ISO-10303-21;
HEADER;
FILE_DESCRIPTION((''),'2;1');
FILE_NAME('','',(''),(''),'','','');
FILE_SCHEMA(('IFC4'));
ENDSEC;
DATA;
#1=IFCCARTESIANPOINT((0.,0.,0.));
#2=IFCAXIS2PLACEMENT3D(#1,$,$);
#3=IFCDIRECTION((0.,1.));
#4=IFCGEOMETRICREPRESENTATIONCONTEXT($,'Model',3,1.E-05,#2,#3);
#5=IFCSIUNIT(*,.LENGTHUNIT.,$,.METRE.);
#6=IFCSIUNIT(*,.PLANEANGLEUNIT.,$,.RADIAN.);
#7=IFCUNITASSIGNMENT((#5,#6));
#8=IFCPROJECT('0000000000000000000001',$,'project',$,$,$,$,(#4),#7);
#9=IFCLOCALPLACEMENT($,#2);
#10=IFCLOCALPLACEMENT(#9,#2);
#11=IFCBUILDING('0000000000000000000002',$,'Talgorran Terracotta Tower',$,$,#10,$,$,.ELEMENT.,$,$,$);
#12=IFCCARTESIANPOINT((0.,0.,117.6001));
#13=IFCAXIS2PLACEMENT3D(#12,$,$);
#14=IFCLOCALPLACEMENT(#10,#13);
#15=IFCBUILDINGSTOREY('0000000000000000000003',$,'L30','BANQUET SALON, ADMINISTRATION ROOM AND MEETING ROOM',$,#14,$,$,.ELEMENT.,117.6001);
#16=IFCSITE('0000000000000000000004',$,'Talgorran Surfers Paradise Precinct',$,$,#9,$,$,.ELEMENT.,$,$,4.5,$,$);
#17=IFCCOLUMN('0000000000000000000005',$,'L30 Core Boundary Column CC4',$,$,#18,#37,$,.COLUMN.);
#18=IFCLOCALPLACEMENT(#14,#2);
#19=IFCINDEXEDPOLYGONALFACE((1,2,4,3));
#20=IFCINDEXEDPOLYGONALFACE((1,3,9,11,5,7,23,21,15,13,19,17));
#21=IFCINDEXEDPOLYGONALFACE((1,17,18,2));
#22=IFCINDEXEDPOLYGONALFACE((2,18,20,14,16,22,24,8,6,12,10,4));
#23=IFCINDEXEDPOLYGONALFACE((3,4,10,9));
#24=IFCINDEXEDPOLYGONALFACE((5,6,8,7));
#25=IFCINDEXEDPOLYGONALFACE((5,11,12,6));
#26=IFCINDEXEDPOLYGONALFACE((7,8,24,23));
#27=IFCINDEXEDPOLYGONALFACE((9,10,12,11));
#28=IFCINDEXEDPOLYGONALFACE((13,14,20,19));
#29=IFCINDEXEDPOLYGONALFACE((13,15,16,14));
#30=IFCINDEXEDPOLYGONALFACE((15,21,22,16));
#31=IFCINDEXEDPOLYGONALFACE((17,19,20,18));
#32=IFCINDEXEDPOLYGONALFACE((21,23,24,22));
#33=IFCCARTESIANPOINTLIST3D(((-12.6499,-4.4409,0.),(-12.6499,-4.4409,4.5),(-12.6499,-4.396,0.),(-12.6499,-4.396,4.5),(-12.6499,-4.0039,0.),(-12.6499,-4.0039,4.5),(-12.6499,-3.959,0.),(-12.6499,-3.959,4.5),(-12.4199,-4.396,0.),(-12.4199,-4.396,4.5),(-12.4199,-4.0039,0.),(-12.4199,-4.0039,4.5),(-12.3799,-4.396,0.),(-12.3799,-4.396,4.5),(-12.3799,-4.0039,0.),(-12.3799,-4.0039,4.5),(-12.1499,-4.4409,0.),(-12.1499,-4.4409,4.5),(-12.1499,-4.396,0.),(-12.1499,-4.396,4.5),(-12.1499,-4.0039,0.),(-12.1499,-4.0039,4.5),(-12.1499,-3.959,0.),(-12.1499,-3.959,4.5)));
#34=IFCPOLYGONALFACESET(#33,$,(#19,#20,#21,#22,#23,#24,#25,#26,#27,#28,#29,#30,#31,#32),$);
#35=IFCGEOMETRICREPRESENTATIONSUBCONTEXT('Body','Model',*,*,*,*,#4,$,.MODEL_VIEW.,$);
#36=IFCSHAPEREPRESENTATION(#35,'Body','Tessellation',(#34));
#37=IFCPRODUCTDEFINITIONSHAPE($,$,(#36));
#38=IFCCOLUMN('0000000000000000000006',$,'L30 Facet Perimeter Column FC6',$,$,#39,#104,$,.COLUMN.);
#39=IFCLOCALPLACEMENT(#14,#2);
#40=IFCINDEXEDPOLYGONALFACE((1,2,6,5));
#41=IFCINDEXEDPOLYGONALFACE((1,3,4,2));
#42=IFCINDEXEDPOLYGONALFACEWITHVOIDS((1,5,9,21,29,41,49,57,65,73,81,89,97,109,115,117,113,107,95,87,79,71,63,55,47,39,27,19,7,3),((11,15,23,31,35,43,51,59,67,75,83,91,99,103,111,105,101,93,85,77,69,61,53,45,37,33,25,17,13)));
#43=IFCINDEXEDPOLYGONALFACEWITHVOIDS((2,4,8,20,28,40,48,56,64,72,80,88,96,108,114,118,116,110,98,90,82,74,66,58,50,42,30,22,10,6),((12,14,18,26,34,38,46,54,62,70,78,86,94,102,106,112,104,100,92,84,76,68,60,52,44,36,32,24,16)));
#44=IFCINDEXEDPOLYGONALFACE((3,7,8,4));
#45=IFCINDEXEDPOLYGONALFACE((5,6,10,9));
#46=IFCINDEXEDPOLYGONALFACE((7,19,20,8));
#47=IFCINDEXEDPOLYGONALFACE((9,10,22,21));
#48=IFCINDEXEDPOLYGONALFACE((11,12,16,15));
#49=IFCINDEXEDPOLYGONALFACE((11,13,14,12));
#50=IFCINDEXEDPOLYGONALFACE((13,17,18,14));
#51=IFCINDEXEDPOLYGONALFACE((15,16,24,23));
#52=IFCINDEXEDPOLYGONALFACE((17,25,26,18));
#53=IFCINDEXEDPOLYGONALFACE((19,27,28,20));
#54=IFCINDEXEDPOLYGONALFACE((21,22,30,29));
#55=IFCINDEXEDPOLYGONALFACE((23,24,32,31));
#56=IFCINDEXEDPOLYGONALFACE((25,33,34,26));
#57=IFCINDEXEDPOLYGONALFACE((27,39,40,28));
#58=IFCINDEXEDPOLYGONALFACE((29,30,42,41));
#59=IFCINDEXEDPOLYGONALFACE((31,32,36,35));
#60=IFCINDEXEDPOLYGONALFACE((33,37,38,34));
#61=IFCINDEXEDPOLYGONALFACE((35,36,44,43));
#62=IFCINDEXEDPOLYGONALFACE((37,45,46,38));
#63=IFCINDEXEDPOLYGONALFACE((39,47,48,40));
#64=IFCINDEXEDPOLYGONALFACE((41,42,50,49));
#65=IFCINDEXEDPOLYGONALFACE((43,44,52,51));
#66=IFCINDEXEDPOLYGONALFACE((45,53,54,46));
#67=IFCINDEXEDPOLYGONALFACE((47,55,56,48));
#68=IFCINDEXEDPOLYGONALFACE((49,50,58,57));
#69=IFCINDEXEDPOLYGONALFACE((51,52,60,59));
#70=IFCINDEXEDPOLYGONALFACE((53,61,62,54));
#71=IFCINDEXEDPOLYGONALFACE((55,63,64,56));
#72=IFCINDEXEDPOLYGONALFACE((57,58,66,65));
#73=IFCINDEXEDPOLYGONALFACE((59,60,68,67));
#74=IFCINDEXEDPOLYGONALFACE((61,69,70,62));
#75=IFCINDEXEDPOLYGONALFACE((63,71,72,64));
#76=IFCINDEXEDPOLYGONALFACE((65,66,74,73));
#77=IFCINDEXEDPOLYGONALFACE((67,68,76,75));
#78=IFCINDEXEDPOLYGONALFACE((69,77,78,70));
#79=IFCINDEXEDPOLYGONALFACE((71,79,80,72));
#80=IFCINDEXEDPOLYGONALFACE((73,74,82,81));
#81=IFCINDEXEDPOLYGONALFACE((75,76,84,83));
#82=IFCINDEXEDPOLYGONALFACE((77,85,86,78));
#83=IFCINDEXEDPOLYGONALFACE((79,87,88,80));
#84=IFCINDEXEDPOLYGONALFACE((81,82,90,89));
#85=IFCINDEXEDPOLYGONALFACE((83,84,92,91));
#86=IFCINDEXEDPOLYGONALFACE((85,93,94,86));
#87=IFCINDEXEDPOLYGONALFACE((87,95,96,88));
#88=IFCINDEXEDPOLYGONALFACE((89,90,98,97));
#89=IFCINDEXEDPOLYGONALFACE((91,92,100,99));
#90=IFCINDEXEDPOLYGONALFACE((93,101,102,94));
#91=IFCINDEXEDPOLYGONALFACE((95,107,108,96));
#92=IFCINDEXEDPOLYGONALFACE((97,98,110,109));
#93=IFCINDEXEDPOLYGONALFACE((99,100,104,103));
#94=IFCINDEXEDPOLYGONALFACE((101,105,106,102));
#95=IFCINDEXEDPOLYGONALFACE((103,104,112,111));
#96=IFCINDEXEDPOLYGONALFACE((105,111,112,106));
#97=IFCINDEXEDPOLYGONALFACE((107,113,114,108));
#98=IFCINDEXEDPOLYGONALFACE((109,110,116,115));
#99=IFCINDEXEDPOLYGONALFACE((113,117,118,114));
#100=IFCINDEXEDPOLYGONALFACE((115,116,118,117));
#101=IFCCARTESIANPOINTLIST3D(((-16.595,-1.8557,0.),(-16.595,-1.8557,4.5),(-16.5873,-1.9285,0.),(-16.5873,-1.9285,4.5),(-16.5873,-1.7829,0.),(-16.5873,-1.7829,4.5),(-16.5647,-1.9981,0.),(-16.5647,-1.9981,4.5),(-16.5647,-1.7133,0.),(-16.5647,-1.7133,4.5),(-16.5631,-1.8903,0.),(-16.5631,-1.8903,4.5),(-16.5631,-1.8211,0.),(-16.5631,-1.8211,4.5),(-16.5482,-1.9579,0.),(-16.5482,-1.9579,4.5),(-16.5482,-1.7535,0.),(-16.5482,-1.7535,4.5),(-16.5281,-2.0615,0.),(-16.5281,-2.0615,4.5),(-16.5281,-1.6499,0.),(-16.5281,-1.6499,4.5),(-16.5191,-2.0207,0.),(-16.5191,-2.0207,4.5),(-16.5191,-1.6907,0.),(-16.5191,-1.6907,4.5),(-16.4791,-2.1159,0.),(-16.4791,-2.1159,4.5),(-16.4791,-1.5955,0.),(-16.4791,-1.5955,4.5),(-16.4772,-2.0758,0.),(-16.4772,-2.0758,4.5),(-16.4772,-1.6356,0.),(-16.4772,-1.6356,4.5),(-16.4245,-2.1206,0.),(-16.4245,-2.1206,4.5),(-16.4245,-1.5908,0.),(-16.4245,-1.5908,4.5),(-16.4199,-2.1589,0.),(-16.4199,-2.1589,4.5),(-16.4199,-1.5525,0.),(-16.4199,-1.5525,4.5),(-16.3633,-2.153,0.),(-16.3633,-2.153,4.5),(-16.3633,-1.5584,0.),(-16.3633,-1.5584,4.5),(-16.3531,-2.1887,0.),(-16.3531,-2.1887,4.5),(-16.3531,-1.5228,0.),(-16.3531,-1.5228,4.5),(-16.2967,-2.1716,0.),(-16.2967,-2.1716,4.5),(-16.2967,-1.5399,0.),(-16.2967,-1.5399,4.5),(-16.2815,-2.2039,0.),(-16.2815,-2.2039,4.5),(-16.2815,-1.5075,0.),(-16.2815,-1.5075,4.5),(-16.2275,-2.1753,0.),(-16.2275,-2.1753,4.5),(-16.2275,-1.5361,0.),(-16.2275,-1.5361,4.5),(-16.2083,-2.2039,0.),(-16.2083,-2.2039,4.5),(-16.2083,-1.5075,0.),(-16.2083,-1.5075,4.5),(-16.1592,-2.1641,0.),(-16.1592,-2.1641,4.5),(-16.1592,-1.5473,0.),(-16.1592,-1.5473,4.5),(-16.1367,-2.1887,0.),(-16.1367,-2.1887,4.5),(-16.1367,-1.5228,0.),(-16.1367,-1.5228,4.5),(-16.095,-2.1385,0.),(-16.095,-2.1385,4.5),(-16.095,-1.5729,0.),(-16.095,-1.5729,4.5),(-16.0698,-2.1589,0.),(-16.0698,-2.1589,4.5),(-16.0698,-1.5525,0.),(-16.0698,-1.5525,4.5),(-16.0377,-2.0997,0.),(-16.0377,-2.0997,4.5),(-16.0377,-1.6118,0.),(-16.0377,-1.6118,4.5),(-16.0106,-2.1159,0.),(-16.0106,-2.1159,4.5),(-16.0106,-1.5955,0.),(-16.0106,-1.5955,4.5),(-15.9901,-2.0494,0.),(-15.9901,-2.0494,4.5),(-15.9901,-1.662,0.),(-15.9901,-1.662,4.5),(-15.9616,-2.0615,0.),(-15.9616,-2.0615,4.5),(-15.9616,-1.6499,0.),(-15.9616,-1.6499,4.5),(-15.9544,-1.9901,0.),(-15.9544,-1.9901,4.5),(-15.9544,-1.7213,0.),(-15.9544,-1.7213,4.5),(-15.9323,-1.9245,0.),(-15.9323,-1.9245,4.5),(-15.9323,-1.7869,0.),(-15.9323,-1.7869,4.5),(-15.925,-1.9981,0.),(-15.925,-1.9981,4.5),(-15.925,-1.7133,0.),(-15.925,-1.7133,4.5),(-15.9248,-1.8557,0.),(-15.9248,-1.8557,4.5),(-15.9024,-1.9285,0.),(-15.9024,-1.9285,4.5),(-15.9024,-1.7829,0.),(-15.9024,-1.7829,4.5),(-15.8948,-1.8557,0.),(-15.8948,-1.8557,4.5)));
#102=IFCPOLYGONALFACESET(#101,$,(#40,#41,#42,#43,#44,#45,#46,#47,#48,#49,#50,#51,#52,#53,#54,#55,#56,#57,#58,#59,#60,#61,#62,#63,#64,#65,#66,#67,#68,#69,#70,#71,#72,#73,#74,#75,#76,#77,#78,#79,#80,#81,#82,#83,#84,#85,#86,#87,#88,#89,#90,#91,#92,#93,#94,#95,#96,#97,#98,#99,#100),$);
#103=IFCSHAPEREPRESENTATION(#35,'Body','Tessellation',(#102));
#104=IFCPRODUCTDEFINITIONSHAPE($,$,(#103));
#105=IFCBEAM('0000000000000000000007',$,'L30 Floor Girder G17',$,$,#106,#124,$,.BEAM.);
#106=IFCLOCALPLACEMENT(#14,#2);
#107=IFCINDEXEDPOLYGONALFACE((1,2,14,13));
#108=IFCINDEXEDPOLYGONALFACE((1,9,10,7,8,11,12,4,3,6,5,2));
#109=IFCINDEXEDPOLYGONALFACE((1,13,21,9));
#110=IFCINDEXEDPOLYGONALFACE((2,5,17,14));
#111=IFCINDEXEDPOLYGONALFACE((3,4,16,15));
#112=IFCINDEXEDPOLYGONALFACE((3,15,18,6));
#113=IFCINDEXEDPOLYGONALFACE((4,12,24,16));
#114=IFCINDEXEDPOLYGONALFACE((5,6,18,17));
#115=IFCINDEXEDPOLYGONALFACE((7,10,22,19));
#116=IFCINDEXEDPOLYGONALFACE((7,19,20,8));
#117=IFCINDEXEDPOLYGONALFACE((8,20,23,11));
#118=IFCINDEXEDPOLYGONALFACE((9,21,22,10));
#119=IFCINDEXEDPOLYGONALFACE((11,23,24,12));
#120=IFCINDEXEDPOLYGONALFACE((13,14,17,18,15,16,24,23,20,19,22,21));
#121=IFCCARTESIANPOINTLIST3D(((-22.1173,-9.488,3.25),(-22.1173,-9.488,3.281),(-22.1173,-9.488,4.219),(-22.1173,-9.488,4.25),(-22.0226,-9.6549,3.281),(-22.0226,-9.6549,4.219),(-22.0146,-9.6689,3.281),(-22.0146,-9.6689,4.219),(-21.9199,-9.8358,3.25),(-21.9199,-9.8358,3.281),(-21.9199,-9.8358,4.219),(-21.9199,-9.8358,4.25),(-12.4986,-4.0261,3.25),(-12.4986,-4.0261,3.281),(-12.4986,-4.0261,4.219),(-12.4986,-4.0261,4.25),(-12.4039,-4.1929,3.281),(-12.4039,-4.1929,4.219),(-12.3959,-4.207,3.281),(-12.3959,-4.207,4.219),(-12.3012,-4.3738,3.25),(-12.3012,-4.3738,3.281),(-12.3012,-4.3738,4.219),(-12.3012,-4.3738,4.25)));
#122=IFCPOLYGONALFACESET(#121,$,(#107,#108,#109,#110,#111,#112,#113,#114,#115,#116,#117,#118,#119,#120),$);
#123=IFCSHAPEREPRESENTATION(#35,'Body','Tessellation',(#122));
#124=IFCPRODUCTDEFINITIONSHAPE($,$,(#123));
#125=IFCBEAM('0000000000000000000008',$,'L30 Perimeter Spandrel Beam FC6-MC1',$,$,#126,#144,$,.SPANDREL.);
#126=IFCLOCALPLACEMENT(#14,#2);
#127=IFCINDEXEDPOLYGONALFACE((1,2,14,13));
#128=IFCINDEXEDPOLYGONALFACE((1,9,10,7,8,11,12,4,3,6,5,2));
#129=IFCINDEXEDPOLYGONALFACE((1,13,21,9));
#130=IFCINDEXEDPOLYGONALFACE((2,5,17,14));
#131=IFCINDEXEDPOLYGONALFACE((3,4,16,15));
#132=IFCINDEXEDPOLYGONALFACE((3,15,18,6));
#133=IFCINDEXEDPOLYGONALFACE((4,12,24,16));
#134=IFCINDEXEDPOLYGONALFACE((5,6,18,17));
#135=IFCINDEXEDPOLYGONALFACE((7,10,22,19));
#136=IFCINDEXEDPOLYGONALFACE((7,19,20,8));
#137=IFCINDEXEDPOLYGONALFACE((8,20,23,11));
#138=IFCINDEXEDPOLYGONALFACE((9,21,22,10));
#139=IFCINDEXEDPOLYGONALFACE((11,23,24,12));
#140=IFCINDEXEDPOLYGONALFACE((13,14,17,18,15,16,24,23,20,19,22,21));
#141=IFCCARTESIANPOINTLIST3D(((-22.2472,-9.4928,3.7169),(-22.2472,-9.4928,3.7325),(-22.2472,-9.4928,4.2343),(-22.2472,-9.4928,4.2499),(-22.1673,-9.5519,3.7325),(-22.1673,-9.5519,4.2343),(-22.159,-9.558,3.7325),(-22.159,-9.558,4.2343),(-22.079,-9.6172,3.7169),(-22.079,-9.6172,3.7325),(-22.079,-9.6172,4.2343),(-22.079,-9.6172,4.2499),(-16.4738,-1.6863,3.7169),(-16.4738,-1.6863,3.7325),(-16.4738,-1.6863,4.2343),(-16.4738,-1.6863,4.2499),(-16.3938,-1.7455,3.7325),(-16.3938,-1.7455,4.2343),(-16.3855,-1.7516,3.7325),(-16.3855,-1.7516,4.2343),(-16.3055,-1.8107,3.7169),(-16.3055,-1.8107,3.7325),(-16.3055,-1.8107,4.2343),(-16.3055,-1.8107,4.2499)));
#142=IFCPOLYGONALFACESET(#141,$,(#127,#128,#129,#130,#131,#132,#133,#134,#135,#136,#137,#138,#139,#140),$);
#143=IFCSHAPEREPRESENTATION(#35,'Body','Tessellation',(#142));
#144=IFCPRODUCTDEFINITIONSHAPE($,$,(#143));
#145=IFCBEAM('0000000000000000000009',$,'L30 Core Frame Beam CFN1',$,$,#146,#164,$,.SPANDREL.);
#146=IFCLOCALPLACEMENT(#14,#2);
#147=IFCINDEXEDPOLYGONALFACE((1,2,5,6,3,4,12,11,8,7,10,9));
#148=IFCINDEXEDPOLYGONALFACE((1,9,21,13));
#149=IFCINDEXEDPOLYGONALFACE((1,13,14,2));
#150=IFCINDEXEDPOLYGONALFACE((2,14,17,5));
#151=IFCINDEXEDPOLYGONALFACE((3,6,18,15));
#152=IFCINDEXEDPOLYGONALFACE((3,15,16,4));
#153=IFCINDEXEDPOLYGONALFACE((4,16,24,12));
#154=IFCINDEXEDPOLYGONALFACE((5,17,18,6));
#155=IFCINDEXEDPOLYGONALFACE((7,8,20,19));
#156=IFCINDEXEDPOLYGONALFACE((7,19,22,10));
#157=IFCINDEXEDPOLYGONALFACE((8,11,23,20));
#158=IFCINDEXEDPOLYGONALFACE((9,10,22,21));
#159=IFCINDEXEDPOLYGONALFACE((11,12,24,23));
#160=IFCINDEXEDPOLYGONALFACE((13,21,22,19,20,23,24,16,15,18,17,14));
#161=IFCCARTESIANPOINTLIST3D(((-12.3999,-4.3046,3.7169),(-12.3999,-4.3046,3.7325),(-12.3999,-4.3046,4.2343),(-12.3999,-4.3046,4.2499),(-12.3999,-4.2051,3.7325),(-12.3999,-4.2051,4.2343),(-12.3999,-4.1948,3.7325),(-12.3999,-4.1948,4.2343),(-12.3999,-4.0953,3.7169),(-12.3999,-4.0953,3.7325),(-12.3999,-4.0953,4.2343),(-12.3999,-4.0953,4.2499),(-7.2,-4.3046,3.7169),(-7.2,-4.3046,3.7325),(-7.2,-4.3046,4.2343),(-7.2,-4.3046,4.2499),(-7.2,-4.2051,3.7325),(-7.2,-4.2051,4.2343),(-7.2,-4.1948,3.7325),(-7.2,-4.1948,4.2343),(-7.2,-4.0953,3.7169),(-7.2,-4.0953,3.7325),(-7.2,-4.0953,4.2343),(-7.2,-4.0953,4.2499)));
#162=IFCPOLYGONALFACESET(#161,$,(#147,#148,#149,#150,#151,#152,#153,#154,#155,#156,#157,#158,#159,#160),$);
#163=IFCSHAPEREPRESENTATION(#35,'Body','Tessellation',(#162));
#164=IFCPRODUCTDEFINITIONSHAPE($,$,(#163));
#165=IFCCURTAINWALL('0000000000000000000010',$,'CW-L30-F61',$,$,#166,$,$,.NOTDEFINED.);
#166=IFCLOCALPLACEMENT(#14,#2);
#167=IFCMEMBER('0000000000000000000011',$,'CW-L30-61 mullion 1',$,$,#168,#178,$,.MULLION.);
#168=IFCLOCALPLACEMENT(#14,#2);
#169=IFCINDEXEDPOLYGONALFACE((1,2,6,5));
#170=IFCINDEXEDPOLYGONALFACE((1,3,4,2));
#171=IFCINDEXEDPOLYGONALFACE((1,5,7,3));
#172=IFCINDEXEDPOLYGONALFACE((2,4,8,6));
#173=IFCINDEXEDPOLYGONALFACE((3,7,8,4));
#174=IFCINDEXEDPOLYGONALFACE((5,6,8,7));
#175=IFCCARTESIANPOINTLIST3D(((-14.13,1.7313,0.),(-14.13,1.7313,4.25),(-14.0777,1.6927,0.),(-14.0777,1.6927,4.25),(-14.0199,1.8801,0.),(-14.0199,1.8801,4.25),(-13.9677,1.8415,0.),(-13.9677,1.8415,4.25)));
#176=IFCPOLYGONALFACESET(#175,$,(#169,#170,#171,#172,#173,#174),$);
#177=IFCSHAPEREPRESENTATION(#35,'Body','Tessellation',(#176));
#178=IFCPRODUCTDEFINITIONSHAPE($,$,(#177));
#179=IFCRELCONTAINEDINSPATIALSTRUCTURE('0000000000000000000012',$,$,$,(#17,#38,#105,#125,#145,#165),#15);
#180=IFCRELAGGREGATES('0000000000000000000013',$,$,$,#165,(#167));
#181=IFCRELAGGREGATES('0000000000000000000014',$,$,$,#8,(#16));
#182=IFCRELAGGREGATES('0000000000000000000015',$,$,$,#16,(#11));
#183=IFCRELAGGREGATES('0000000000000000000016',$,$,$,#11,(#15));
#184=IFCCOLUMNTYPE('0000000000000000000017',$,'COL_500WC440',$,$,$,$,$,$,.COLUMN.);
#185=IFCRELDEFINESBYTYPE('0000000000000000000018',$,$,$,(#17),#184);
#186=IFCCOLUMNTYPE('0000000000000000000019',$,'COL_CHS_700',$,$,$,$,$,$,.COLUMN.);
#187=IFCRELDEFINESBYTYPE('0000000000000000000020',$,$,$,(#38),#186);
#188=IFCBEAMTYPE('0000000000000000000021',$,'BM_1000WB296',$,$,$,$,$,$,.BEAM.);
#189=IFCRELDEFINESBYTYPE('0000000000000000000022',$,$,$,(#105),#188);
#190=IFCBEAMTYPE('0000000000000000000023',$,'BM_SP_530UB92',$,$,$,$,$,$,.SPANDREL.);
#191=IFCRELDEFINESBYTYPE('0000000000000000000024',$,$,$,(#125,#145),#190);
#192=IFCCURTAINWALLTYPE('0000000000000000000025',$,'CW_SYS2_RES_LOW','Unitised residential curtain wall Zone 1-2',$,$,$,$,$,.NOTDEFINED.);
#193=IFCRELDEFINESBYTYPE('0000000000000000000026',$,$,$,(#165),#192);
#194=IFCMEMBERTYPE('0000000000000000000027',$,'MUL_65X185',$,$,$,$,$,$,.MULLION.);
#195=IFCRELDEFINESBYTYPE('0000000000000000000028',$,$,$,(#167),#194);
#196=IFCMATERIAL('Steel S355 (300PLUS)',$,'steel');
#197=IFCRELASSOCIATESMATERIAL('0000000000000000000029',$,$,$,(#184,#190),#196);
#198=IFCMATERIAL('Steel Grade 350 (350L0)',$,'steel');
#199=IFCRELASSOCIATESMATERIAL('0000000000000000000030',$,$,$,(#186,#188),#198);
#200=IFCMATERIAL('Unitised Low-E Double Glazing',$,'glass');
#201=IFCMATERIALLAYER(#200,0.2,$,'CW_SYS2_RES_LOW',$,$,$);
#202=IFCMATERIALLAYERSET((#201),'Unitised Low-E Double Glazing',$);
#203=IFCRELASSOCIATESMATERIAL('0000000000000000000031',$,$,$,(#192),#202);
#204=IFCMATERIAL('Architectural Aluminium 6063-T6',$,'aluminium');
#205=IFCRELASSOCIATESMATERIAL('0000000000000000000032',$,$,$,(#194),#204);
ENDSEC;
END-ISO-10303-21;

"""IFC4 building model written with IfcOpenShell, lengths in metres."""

from ifc_helpers import new_model, si_unit, direction, frame, origin, origin_2d, place, context, subcontext, project, spatial, rectangle, hollow_circle, i_section, extrude, material, layer, layer_set, material_profile, profile_set, type_object, element, aggregate, save


model = new_model("IFC4")

# Units and contexts
model_context = context("Model", 3, precision=1e-05, world=origin(), true_north=direction((0.0, 1.0)))
body_context = subcontext(model_context, "Body", "Model", "MODEL_VIEW")
ifc_project = project(units=[si_unit("LENGTHUNIT", "METRE"), si_unit("PLANEANGLEUNIT", "RADIAN")], contexts=[model_context])

# Site, building, storey
site_placement = place(None, origin())
site = spatial("IfcSite", under=ifc_project, at=site_placement, Name="Talgorran Surfers Paradise Precinct", CompositionType="ELEMENT", RefElevation=4.5)
building_placement = place(site_placement, origin())
building = spatial("IfcBuilding", under=site, at=building_placement, Name="Talgorran Terracotta Tower", CompositionType="ELEMENT")
storey_placement = place(building_placement, frame((0.0, 0.0, 117.6001)))
storey = spatial("IfcBuildingStorey", under=building, at=storey_placement, Name="L30", Description="BANQUET SALON, ADMINISTRATION ROOM AND MEETING ROOM", CompositionType="ELEMENT", Elevation=117.6001)

# Columns
ifc_material_1 = material(Name="Steel S355 (300PLUS)", Category="steel")
ifc_material_profile_1 = material_profile(ifc_material_1, i_section(OverallWidth=0.5, OverallDepth=0.4819, WebThickness=0.04, FlangeThickness=0.0449, at=origin_2d()), Name="500WC440")
ifc_profile_set_1 = profile_set([ifc_material_profile_1], Name="Steel S355 (300PLUS)")
column_type_1 = type_object("IfcColumnType", Name="COL_500WC440", PredefinedType="COLUMN", material=ifc_profile_set_1)
column_1_placement = place(storey_placement, frame((-12.3999, -4.2, 0.0), z_axis=(0.0, 0.0, 1.0), x_axis=(1.0, 0.0, 0.0)))
element("IfcColumn", 1, at=column_1_placement, inside=storey, type_object=column_type_1, Name="L30 Core Boundary Column CC4", PredefinedType="COLUMN", context=body_context, shape_type="SweptSolid", body=[
    extrude(i_section(OverallWidth=0.5, OverallDepth=0.4819, WebThickness=0.04, FlangeThickness=0.0449, at=origin_2d()), origin(), (0.0, 0.0, 1.0), 4.5),
])
ifc_material_2 = material(Name="Steel Grade 350 (350L0)", Category="steel")
ifc_material_profile_2 = material_profile(ifc_material_2, hollow_circle(Radius=0.3501, WallThickness=0.03, at=origin_2d()), Name="CHS700X30")
ifc_profile_set_2 = profile_set([ifc_material_profile_2], Name="Steel Grade 350 (350L0)")
column_type_2 = type_object("IfcColumnType", Name="COL_CHS_700", PredefinedType="COLUMN", material=ifc_profile_set_2)
column_2_placement = place(storey_placement, frame((-16.2449, -1.8557, 0.0), z_axis=(0.0, 0.0, 1.0), x_axis=(1.0, 0.0, 0.0)))
element("IfcColumn", 2, at=column_2_placement, inside=storey, type_object=column_type_2, Name="L30 Facet Perimeter Column FC6", PredefinedType="COLUMN", context=body_context, shape_type="SweptSolid", body=[
    extrude(hollow_circle(Radius=0.3501, WallThickness=0.03, at=origin_2d()), origin(), (0.0, 0.0, 1.0), 4.5),
])

# Beams
ifc_material_profile_3 = material_profile(ifc_material_2, i_section(OverallWidth=0.3999, OverallDepth=1.0, WebThickness=0.0161, FlangeThickness=0.031, at=origin_2d()), Name="1000WB296")
ifc_profile_set_3 = profile_set([ifc_material_profile_3], Name="Steel Grade 350 (350L0)")
beam_type_1 = type_object("IfcBeamType", Name="BM_1000WB296", PredefinedType="BEAM", material=ifc_profile_set_3)
beam_1_placement = place(storey_placement, frame((-12.3999, -4.2, 3.75), z_axis=(-0.869582, -0.493789, 0.0), x_axis=(0.493789, -0.869582, 0.0)))
element("IfcBeam", 3, at=beam_1_placement, inside=storey, type_object=beam_type_1, Name="L30 Floor Girder G17", PredefinedType="BEAM", context=body_context, shape_type="SweptSolid", body=[
    extrude(i_section(OverallWidth=0.3999, OverallDepth=1.0, WebThickness=0.0161, FlangeThickness=0.031, at=origin_2d()), origin(), (0.0, 0.0, 1.0), 11.0613),
])
ifc_material_profile_4 = material_profile(ifc_material_1, i_section(OverallWidth=0.2092, OverallDepth=0.533, WebThickness=0.0103, FlangeThickness=0.0156, at=origin_2d()), Name="530UB92.4")
ifc_profile_set_4 = profile_set([ifc_material_profile_4], Name="Steel S355 (300PLUS)")
beam_type_2 = type_object("IfcBeamType", Name="BM_SP_530UB92", PredefinedType="SPANDREL", material=ifc_profile_set_4)
beam_2_placement = place(storey_placement, frame((-16.3896, -1.7485, 3.9834), z_axis=(-0.594624, -0.804004, 0.0), x_axis=(0.804004, -0.594624, 0.0)))
element("IfcBeam", 4, at=beam_2_placement, inside=storey, type_object=beam_type_2, Name="L30 Perimeter Spandrel Beam FC6-MC1", PredefinedType="SPANDREL", context=body_context, shape_type="SweptSolid", body=[
    extrude(i_section(OverallWidth=0.2092, OverallDepth=0.533, WebThickness=0.0103, FlangeThickness=0.0156, at=origin_2d()), origin(), (0.0, 0.0, 1.0), 9.7095),
])
beam_3_placement = place(storey_placement, frame((-12.3999, -4.2, 3.9834), z_axis=(1.0, 0.0, 0.0), x_axis=(0.0, 1.0, 0.0)))
element("IfcBeam", 5, at=beam_3_placement, inside=storey, type_object=beam_type_2, Name="L30 Core Frame Beam CFN1", PredefinedType="SPANDREL", context=body_context, shape_type="SweptSolid", body=[
    extrude(i_section(OverallWidth=0.2092, OverallDepth=0.533, WebThickness=0.0103, FlangeThickness=0.0156, at=origin_2d()), origin(), (0.0, 0.0, 1.0), 5.2),
])

# Curtain wall, member
ifc_material_3 = material(Name="Unitised Low-E Double Glazing", Category="glass")
ifc_layer_1 = layer(ifc_material_3, 0.2, Name="CW_SYS2_RES_LOW")
ifc_layer_set_1 = layer_set([ifc_layer_1], Name="Unitised Low-E Double Glazing")
curtain_wall_type = type_object("IfcCurtainWallType", Name="CW_SYS2_RES_LOW", Description="Unitised residential curtain wall Zone 1-2", PredefinedType="NOTDEFINED", material=ifc_layer_set_1)
curtain_wall_placement = place(storey_placement, origin())
curtain_wall = element("IfcCurtainWall", 6, at=curtain_wall_placement, inside=storey, type_object=curtain_wall_type, Name="CW-L30-F61", PredefinedType="NOTDEFINED")
ifc_material_4 = material(Name="Architectural Aluminium 6063-T6", Category="aluminium")
ifc_material_profile_5 = material_profile(ifc_material_4, rectangle(XDim=0.0649, YDim=0.1851, at=origin_2d()), Name="CWM65X185")
ifc_profile_set_5 = profile_set([ifc_material_profile_5], Name="Architectural Aluminium 6063-T6")
member_type_1 = type_object("IfcMemberType", Name="MUL_65X185", PredefinedType="MULLION", material=ifc_profile_set_5)
member_1_placement = place(storey_placement, frame((-14.0488, 1.7864, 0.0), z_axis=(0.0, 0.0, 1.0), x_axis=(0.803996, -0.594635, 0.0)))
member_1 = element("IfcMember", 7, at=member_1_placement, type_object=member_type_1, Name="CW-L30-61 mullion 1", PredefinedType="MULLION", context=body_context, shape_type="SweptSolid", body=[
    extrude(rectangle(XDim=0.0649, YDim=0.1851, at=origin_2d()), origin(), (0.0, 0.0, 1.0), 4.25),
])
aggregate(curtain_wall, [member_1])

save(model, "model.ifc")
